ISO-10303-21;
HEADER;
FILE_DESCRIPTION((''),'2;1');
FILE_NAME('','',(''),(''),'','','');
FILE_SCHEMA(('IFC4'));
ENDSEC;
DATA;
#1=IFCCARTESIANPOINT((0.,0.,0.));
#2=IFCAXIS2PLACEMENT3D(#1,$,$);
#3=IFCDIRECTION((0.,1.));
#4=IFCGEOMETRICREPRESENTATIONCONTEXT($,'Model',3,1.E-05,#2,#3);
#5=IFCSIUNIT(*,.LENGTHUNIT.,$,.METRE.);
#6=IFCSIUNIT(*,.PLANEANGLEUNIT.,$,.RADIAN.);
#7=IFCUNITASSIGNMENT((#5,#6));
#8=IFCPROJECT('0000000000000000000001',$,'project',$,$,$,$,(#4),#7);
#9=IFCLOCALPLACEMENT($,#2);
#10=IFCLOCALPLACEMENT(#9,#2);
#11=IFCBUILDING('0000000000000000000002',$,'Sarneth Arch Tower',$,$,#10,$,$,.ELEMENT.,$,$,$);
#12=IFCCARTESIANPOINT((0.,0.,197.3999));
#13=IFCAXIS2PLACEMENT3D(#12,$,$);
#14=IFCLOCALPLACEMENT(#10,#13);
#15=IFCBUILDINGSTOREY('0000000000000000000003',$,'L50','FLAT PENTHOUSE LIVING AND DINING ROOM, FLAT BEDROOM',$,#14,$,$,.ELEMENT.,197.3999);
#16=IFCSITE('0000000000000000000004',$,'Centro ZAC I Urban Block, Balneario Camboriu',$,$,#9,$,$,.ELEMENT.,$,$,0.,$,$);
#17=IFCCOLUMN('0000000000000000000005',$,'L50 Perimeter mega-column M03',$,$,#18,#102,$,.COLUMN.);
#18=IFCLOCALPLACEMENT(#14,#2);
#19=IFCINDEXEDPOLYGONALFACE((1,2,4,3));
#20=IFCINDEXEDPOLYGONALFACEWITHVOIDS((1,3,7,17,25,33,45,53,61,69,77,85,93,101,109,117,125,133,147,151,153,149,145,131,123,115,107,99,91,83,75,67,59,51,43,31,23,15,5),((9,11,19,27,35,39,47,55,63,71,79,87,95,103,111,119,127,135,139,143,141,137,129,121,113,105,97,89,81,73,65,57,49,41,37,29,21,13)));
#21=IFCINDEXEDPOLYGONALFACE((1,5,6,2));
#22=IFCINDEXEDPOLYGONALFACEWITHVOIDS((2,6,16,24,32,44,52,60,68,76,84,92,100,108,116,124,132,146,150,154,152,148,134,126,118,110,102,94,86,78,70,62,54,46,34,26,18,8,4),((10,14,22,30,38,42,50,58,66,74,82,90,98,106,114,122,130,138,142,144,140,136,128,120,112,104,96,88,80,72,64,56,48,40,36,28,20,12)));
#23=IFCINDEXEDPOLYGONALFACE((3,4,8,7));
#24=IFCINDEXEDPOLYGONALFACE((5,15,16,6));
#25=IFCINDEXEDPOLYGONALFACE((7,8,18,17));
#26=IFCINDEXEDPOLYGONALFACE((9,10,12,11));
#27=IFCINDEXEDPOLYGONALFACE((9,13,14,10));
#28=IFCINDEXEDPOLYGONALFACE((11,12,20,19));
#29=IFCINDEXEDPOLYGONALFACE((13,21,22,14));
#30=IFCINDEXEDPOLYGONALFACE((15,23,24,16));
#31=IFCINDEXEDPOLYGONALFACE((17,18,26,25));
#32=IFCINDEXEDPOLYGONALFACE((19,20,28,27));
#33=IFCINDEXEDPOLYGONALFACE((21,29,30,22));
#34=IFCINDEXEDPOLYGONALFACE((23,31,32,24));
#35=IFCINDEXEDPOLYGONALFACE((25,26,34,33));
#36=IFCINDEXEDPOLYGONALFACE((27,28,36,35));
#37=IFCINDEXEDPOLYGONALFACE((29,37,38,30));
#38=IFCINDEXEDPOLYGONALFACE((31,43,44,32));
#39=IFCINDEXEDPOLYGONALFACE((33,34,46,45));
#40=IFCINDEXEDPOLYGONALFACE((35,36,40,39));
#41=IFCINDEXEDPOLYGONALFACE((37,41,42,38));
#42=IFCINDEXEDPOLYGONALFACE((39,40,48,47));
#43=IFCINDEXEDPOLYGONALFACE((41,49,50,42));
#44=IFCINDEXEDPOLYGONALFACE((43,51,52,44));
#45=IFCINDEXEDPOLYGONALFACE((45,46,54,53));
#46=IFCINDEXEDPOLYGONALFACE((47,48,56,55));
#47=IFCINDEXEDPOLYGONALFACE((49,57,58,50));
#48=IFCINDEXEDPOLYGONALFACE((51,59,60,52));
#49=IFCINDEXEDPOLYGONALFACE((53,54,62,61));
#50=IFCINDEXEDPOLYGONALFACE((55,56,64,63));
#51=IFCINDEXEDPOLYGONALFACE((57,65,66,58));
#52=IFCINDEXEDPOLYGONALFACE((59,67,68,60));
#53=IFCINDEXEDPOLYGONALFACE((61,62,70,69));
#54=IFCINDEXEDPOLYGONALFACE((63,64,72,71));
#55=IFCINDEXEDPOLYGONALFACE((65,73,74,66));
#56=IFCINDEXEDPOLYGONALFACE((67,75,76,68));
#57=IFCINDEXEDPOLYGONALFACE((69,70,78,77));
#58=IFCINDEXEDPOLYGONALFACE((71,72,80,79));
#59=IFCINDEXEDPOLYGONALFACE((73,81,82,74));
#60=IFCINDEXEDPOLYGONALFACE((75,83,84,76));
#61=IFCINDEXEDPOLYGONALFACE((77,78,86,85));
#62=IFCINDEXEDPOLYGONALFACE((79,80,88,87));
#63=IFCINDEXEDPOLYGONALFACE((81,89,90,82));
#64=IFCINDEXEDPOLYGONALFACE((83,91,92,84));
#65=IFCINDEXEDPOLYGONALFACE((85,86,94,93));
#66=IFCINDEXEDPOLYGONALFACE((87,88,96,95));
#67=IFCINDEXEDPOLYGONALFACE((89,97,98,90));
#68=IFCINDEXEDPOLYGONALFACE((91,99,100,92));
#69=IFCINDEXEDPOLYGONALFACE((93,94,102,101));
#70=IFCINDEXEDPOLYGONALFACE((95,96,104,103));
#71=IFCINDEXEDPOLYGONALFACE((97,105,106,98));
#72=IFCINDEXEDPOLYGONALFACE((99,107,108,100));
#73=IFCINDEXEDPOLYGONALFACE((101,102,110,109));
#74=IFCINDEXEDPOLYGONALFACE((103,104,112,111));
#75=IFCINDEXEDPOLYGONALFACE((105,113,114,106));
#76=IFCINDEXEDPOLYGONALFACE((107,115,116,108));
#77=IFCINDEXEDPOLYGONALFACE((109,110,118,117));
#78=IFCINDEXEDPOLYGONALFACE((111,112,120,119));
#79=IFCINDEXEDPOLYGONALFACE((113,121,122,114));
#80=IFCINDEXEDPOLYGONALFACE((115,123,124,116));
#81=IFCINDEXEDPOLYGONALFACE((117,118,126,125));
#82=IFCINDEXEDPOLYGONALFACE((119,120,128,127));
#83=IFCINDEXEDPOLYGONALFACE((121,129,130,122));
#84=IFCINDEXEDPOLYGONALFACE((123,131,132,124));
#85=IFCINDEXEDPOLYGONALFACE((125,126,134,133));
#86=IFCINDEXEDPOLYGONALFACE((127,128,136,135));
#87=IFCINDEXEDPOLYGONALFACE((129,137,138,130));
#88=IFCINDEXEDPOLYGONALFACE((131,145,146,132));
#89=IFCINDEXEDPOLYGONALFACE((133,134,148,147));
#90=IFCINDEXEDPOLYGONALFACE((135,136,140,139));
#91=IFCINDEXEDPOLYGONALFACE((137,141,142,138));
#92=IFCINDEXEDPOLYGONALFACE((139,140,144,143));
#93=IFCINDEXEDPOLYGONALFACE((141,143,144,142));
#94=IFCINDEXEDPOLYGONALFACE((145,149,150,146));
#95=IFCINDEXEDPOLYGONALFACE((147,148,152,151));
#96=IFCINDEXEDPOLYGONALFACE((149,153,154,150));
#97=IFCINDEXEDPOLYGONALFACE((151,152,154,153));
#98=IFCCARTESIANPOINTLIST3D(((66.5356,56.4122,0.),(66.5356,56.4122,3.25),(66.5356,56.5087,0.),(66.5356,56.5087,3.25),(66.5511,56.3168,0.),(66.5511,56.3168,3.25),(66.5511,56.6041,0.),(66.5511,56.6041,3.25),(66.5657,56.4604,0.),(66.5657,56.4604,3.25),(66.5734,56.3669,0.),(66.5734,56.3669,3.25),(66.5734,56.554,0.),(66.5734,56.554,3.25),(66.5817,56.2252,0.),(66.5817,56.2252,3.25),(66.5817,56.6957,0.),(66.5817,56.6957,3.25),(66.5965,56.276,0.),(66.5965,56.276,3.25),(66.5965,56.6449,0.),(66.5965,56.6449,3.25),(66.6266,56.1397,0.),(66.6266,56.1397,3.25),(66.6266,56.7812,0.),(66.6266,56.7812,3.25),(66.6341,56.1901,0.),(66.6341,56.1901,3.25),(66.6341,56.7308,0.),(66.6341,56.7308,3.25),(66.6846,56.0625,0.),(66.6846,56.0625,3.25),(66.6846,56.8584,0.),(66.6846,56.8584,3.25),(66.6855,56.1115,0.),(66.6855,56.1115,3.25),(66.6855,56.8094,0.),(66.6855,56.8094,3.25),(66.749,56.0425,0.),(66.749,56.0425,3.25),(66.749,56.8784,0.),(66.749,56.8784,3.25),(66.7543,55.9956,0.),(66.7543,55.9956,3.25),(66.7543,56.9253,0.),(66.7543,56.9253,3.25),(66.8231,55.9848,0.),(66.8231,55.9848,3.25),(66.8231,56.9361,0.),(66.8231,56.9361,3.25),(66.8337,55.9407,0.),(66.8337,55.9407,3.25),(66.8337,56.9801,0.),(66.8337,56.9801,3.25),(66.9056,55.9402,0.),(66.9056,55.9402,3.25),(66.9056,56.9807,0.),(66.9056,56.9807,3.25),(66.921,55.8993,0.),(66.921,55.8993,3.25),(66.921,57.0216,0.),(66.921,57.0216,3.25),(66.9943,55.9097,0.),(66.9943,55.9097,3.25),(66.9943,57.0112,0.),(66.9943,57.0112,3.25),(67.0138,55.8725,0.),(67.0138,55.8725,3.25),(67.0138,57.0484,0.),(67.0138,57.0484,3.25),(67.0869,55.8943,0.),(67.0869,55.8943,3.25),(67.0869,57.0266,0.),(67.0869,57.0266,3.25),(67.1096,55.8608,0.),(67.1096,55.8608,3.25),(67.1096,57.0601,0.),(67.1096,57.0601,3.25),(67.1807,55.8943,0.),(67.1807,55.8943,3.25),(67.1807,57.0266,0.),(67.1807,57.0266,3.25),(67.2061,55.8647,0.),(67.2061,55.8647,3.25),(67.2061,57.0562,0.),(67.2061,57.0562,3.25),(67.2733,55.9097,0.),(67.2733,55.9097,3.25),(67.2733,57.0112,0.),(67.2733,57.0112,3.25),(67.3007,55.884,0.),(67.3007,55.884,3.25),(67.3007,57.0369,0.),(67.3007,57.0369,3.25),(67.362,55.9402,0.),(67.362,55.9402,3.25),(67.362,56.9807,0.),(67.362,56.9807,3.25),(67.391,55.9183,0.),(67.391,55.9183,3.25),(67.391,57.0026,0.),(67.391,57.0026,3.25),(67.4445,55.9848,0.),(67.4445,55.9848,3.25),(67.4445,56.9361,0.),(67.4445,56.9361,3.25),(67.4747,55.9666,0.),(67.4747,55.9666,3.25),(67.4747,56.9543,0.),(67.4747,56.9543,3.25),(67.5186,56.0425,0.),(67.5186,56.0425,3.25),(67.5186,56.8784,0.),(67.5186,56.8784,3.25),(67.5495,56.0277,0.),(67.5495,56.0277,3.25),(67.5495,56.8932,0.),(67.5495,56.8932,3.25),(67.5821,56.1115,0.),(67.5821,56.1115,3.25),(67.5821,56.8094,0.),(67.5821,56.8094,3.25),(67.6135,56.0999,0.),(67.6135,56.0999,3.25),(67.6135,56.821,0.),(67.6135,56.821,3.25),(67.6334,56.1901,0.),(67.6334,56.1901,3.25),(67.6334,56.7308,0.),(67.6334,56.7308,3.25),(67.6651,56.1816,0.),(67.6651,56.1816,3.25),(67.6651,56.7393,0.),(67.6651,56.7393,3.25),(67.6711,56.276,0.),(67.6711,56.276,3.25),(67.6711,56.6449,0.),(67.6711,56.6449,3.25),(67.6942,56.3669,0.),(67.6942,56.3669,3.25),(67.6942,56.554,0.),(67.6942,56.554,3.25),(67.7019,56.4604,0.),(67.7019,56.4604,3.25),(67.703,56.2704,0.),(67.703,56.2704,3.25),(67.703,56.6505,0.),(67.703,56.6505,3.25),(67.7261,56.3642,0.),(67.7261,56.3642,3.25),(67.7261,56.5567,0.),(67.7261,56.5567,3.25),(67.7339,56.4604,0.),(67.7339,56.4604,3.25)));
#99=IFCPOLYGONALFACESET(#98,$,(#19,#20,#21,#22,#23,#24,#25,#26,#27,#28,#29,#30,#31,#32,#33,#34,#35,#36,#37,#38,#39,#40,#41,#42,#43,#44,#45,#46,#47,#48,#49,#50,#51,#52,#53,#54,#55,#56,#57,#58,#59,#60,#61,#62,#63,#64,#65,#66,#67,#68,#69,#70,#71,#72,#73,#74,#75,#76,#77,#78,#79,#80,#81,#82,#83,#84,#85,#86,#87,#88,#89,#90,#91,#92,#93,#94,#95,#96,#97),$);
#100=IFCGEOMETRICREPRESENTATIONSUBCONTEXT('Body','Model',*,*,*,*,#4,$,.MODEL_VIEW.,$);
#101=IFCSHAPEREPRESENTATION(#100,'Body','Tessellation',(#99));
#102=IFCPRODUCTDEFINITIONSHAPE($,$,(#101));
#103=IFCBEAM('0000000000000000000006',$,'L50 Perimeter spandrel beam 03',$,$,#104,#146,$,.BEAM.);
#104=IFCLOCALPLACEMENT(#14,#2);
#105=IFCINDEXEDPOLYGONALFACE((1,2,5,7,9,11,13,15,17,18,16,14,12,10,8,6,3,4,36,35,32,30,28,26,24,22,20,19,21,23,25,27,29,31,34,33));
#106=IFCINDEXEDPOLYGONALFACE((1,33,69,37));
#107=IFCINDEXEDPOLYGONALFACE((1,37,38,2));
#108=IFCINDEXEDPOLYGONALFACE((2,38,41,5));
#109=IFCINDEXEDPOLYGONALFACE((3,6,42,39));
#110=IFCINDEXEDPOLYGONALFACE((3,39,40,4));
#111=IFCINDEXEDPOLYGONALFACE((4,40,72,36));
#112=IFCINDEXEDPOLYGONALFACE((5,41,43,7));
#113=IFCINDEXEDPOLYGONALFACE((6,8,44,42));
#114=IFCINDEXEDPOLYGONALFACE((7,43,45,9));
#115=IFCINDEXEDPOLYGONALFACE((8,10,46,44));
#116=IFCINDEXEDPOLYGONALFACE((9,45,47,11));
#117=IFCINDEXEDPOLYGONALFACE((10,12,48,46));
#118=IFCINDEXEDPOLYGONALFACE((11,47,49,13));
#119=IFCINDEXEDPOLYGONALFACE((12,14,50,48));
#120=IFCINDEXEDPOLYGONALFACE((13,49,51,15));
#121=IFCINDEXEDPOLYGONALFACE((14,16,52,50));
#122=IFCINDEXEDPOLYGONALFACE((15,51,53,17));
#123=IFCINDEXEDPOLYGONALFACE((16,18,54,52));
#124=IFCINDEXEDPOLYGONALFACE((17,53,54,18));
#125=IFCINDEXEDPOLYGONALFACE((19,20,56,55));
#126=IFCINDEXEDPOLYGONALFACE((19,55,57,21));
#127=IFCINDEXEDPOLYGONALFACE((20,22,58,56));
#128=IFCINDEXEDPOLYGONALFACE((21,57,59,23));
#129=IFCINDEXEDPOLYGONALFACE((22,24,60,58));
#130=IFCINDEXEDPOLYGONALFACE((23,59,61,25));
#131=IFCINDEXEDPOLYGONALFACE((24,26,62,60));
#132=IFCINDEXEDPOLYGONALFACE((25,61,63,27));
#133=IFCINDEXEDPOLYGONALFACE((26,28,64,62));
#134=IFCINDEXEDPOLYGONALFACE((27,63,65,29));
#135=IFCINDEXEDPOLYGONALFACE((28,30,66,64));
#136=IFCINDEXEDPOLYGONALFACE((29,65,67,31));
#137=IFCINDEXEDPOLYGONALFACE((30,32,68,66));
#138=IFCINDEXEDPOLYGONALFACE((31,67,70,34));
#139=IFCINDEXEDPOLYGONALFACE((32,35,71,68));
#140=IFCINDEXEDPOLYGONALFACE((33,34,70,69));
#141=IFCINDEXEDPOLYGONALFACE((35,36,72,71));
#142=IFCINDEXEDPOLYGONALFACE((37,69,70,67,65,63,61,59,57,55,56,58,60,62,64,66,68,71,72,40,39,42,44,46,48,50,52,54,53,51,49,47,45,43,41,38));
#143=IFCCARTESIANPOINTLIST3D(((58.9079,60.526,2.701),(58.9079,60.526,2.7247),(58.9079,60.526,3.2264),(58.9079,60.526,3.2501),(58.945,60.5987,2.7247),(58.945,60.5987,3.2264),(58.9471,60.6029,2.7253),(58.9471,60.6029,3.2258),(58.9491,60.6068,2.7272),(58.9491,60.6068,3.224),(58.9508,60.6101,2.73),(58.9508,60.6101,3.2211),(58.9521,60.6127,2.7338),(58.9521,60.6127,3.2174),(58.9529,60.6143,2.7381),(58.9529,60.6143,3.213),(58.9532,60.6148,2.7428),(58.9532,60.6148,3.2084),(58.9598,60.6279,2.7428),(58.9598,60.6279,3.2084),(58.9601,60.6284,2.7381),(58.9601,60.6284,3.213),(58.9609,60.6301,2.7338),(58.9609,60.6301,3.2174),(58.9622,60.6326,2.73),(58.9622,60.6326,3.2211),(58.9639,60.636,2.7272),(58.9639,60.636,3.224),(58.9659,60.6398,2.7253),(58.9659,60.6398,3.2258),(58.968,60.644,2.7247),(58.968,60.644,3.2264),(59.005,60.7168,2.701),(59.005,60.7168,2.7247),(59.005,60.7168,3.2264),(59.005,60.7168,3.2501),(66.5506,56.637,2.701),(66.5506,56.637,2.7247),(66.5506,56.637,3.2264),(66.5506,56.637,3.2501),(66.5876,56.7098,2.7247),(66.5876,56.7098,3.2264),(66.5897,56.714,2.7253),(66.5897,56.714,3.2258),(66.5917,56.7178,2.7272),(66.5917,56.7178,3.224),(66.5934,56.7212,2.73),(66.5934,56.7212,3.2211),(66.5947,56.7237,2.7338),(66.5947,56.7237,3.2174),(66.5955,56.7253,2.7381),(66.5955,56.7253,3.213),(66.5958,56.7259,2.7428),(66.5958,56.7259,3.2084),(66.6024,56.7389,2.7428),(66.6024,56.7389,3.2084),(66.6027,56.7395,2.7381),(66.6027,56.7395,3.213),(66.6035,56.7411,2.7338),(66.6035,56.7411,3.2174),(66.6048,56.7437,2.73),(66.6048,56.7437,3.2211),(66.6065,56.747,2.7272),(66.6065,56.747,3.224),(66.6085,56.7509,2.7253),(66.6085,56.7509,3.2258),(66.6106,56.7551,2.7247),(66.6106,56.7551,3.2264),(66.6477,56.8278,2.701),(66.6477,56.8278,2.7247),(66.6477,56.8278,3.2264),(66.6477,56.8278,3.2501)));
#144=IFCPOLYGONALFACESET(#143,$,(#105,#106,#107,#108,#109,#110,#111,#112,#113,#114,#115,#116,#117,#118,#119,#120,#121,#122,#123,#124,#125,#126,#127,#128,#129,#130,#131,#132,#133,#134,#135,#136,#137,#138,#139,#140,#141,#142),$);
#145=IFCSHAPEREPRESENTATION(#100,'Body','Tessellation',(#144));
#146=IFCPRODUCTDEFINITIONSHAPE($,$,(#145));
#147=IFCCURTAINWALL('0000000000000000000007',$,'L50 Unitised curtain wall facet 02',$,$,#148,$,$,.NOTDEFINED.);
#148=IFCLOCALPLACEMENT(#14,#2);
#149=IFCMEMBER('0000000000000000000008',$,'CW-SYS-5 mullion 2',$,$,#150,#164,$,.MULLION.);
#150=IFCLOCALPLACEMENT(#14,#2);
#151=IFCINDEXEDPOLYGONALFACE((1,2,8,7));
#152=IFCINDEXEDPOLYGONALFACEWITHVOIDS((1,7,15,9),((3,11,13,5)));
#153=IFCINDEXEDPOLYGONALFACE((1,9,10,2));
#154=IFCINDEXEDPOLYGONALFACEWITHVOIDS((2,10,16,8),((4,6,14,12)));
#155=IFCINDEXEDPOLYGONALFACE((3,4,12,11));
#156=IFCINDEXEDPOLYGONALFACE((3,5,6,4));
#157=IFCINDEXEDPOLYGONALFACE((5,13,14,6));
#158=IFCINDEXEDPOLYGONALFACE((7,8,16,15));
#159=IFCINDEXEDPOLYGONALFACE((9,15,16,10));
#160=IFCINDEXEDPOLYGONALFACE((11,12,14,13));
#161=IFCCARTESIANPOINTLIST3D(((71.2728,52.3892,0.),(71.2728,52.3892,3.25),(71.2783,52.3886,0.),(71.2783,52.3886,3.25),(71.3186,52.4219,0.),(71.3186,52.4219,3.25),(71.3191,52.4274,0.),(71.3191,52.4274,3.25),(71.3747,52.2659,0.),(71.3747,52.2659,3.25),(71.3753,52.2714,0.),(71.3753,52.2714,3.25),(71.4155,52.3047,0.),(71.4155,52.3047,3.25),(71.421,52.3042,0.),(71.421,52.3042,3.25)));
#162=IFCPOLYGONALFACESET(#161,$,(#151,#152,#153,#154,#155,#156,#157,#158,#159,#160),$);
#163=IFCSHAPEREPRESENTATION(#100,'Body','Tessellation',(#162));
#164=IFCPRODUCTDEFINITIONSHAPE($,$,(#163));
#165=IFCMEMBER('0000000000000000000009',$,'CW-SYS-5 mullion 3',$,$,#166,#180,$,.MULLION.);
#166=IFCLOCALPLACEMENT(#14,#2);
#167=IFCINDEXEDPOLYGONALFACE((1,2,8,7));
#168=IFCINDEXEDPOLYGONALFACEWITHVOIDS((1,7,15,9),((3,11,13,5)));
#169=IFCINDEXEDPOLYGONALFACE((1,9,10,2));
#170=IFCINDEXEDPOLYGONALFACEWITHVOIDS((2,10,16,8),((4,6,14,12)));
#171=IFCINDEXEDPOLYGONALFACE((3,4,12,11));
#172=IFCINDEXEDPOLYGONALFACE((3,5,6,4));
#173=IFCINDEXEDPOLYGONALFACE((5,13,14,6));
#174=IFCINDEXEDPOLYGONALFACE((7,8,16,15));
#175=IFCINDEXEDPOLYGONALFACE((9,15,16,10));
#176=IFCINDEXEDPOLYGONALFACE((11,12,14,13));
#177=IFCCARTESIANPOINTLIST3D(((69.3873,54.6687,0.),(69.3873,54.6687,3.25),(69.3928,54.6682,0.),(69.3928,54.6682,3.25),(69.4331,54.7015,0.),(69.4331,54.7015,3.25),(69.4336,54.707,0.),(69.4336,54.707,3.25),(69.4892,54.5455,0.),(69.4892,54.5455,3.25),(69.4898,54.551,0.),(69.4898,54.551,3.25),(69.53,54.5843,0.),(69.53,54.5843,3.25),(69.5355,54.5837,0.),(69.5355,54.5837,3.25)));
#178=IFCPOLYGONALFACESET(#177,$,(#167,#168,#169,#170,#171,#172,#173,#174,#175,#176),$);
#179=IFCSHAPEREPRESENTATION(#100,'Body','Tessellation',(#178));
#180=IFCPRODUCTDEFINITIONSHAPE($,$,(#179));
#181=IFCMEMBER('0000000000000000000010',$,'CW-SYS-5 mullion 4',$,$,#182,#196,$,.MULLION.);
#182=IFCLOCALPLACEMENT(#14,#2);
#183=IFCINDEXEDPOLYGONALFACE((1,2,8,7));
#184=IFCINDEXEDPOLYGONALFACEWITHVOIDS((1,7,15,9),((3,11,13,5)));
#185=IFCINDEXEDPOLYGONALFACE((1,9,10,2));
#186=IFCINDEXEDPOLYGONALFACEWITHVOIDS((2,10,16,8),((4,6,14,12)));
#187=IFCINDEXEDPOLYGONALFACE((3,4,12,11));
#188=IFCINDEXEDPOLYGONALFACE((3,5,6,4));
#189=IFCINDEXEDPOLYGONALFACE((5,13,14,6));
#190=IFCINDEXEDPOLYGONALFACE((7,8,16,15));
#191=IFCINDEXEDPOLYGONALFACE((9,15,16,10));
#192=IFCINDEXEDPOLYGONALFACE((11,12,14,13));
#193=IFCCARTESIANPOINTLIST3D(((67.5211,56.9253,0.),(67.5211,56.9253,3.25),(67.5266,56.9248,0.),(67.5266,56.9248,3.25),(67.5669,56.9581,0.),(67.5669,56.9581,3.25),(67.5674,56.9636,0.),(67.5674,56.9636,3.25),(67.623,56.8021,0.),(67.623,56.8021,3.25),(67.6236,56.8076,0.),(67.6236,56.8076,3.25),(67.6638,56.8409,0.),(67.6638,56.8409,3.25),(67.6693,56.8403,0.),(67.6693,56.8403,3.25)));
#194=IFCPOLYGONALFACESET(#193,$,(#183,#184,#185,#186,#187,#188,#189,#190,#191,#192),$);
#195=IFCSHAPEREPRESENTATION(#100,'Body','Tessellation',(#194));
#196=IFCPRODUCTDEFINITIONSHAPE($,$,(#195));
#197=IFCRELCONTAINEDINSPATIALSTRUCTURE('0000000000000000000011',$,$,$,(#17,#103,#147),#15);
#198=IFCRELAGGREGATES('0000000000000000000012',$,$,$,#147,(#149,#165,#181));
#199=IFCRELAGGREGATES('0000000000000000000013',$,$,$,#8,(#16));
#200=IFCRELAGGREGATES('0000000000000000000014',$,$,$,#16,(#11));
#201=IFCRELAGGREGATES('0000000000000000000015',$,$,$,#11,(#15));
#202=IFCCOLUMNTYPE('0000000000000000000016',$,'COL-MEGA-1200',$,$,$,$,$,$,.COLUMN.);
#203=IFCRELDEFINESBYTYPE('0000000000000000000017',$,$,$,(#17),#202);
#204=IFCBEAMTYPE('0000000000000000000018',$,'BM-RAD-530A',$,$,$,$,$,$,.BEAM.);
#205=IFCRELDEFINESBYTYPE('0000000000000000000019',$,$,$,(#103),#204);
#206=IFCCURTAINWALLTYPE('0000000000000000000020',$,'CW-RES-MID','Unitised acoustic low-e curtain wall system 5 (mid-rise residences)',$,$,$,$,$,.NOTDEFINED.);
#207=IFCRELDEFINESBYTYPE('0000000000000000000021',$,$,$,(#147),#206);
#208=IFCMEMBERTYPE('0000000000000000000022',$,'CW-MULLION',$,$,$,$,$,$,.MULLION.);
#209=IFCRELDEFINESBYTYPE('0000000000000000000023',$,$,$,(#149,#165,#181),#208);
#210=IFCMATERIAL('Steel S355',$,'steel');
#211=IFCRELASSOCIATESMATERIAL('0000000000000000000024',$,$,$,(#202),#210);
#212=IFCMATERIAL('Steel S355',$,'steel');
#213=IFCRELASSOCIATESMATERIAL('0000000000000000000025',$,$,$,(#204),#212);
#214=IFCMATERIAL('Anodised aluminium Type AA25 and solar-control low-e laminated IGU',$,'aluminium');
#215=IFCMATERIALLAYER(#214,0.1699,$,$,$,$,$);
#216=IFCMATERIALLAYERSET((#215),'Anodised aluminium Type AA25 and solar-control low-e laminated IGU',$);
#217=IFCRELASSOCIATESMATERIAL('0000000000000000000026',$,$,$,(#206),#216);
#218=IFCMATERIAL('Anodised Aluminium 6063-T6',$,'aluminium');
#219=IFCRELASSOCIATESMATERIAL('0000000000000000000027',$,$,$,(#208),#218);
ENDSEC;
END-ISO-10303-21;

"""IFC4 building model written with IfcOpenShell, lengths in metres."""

from ifc_helpers import new_model, si_unit, direction, frame, origin, origin_2d, place, context, subcontext, project, spatial, hollow_rectangle, hollow_circle, i_section, extrude, material, layer, layer_set, material_profile, profile_set, type_object, element, aggregate, save


model = new_model("IFC4")

# Units and contexts
model_context = context("Model", 3, precision=1e-05, world=origin(), true_north=direction((0.0, 1.0)))
body_context = subcontext(model_context, "Body", "Model", "MODEL_VIEW")
ifc_project = project(units=[si_unit("LENGTHUNIT", "METRE"), si_unit("PLANEANGLEUNIT", "RADIAN")], contexts=[model_context])

# Site, building, storey
site_placement = place(None, origin())
site = spatial("IfcSite", under=ifc_project, at=site_placement, Name="Centro ZAC I Urban Block, Balneario Camboriu", CompositionType="ELEMENT", RefElevation=0.0)
building_placement = place(site_placement, origin())
building = spatial("IfcBuilding", under=site, at=building_placement, Name="Sarneth Arch Tower", CompositionType="ELEMENT")
storey_placement = place(building_placement, frame((0.0, 0.0, 197.3999)))
storey = spatial("IfcBuildingStorey", under=building, at=storey_placement, Name="L50", Description="FLAT PENTHOUSE LIVING AND DINING ROOM, FLAT BEDROOM", CompositionType="ELEMENT", Elevation=197.3999)

# Column
ifc_material_1 = material(Name="Steel S355", Category="steel")
ifc_material_profile_1 = material_profile(ifc_material_1, hollow_circle(Radius=0.6001, WallThickness=0.032, at=origin_2d()), Name="CHS1200x32")
ifc_profile_set_1 = profile_set([ifc_material_profile_1], Name="Steel S355")
column_type = type_object("IfcColumnType", Name="COL-MEGA-1200", PredefinedType="COLUMN", material=ifc_profile_set_1)
column_placement = place(storey_placement, frame((67.1338, 56.4604, 0.0), z_axis=(0.0, 0.0, 1.0), x_axis=(1.0, 0.0, 0.0)))
element("IfcColumn", 1, at=column_placement, inside=storey, type_object=column_type, Name="L50 Perimeter mega-column M03", PredefinedType="COLUMN", context=body_context, shape_type="SweptSolid", body=[
    extrude(hollow_circle(Radius=0.6001, WallThickness=0.032, at=origin_2d()), origin(), (0.0, 0.0, 1.0), 3.25),
])

# Beam
ifc_material_2 = material(Name="Steel S355", Category="steel")
ifc_material_profile_2 = material_profile(ifc_material_2, i_section(OverallWidth=0.2141, OverallDepth=0.5491, WebThickness=0.0146, FlangeThickness=0.0237, FilletRadius=0.0181, at=origin_2d()), Name="W530x138")
ifc_profile_set_2 = profile_set([ifc_material_profile_2], Name="Steel S355")
beam_type = type_object("IfcBeamType", Name="BM-RAD-530A", PredefinedType="BEAM", material=ifc_profile_set_2)
beam_placement = place(storey_placement, frame((66.5991, 56.7324, 2.9756), z_axis=(-0.89125, 0.453512, 0.0), x_axis=(-0.453512, -0.89125, 0.0)))
element("IfcBeam", 2, at=beam_placement, inside=storey, type_object=beam_type, Name="L50 Perimeter spandrel beam 03", PredefinedType="BEAM", context=body_context, shape_type="SweptSolid", body=[
    extrude(i_section(OverallWidth=0.2141, OverallDepth=0.5491, WebThickness=0.0146, FlangeThickness=0.0237, FilletRadius=0.0181, at=origin_2d()), origin(), (0.0, 0.0, 1.0), 8.5752),
])

# Curtain wall, members
ifc_material_3 = material(Name="Anodised aluminium Type AA25 and solar-control low-e laminated IGU", Category="aluminium")
ifc_layer_1 = layer(ifc_material_3, 0.1699)
ifc_layer_set_1 = layer_set([ifc_layer_1], Name="Anodised aluminium Type AA25 and solar-control low-e laminated IGU")
curtain_wall_type = type_object("IfcCurtainWallType", Name="CW-RES-MID", Description="Unitised acoustic low-e curtain wall system 5 (mid-rise residences)", PredefinedType="NOTDEFINED", material=ifc_layer_set_1)
curtain_wall_placement = place(storey_placement, origin())
curtain_wall = element("IfcCurtainWall", 3, at=curtain_wall_placement, inside=storey, type_object=curtain_wall_type, Name="L50 Unitised curtain wall facet 02", PredefinedType="NOTDEFINED")
ifc_material_4 = material(Name="Anodised Aluminium 6063-T6", Category="aluminium")
ifc_material_profile_3 = material_profile(ifc_material_4, hollow_rectangle(XDim=0.0601, YDim=0.1599, WallThickness=0.0039, at=origin_2d()), Name="AL-MULL-160x60x4")
ifc_profile_set_3 = profile_set([ifc_material_profile_3], Name="Anodised Aluminium 6063-T6")
member_type_1 = type_object("IfcMemberType", Name="CW-MULLION", PredefinedType="MULLION", material=ifc_profile_set_3)
member_1_placement = place(storey_placement, frame((71.3469, 52.3467, 0.0), z_axis=(0.0, 0.0, 1.0), x_axis=(-0.770591, -0.63733, 0.0)))
member_1 = element("IfcMember", 4, at=member_1_placement, type_object=member_type_1, Name="CW-SYS-5 mullion 2", PredefinedType="MULLION", context=body_context, shape_type="SweptSolid", body=[
    extrude(hollow_rectangle(XDim=0.0601, YDim=0.1599, WallThickness=0.0039, at=origin_2d()), origin(), (0.0, 0.0, 1.0), 3.25),
])
member_2_placement = place(storey_placement, frame((69.4614, 54.6262, 0.0), z_axis=(0.0, 0.0, 1.0), x_axis=(-0.770591, -0.63733, 0.0)))
member_2 = element("IfcMember", 5, at=member_2_placement, type_object=member_type_1, Name="CW-SYS-5 mullion 3", PredefinedType="MULLION", context=body_context, shape_type="SweptSolid", body=[
    extrude(hollow_rectangle(XDim=0.0601, YDim=0.1599, WallThickness=0.0039, at=origin_2d()), origin(), (0.0, 0.0, 1.0), 3.25),
])
member_3_placement = place(storey_placement, frame((67.5952, 56.8828, 0.0), z_axis=(0.0, 0.0, 1.0), x_axis=(-0.770591, -0.63733, 0.0)))
member_3 = element("IfcMember", 6, at=member_3_placement, type_object=member_type_1, Name="CW-SYS-5 mullion 4", PredefinedType="MULLION", context=body_context, shape_type="SweptSolid", body=[
    extrude(hollow_rectangle(XDim=0.0601, YDim=0.1599, WallThickness=0.0039, at=origin_2d()), origin(), (0.0, 0.0, 1.0), 3.25),
])
aggregate(curtain_wall, [member_1, member_2, member_3])

save(model, "model.ifc")
